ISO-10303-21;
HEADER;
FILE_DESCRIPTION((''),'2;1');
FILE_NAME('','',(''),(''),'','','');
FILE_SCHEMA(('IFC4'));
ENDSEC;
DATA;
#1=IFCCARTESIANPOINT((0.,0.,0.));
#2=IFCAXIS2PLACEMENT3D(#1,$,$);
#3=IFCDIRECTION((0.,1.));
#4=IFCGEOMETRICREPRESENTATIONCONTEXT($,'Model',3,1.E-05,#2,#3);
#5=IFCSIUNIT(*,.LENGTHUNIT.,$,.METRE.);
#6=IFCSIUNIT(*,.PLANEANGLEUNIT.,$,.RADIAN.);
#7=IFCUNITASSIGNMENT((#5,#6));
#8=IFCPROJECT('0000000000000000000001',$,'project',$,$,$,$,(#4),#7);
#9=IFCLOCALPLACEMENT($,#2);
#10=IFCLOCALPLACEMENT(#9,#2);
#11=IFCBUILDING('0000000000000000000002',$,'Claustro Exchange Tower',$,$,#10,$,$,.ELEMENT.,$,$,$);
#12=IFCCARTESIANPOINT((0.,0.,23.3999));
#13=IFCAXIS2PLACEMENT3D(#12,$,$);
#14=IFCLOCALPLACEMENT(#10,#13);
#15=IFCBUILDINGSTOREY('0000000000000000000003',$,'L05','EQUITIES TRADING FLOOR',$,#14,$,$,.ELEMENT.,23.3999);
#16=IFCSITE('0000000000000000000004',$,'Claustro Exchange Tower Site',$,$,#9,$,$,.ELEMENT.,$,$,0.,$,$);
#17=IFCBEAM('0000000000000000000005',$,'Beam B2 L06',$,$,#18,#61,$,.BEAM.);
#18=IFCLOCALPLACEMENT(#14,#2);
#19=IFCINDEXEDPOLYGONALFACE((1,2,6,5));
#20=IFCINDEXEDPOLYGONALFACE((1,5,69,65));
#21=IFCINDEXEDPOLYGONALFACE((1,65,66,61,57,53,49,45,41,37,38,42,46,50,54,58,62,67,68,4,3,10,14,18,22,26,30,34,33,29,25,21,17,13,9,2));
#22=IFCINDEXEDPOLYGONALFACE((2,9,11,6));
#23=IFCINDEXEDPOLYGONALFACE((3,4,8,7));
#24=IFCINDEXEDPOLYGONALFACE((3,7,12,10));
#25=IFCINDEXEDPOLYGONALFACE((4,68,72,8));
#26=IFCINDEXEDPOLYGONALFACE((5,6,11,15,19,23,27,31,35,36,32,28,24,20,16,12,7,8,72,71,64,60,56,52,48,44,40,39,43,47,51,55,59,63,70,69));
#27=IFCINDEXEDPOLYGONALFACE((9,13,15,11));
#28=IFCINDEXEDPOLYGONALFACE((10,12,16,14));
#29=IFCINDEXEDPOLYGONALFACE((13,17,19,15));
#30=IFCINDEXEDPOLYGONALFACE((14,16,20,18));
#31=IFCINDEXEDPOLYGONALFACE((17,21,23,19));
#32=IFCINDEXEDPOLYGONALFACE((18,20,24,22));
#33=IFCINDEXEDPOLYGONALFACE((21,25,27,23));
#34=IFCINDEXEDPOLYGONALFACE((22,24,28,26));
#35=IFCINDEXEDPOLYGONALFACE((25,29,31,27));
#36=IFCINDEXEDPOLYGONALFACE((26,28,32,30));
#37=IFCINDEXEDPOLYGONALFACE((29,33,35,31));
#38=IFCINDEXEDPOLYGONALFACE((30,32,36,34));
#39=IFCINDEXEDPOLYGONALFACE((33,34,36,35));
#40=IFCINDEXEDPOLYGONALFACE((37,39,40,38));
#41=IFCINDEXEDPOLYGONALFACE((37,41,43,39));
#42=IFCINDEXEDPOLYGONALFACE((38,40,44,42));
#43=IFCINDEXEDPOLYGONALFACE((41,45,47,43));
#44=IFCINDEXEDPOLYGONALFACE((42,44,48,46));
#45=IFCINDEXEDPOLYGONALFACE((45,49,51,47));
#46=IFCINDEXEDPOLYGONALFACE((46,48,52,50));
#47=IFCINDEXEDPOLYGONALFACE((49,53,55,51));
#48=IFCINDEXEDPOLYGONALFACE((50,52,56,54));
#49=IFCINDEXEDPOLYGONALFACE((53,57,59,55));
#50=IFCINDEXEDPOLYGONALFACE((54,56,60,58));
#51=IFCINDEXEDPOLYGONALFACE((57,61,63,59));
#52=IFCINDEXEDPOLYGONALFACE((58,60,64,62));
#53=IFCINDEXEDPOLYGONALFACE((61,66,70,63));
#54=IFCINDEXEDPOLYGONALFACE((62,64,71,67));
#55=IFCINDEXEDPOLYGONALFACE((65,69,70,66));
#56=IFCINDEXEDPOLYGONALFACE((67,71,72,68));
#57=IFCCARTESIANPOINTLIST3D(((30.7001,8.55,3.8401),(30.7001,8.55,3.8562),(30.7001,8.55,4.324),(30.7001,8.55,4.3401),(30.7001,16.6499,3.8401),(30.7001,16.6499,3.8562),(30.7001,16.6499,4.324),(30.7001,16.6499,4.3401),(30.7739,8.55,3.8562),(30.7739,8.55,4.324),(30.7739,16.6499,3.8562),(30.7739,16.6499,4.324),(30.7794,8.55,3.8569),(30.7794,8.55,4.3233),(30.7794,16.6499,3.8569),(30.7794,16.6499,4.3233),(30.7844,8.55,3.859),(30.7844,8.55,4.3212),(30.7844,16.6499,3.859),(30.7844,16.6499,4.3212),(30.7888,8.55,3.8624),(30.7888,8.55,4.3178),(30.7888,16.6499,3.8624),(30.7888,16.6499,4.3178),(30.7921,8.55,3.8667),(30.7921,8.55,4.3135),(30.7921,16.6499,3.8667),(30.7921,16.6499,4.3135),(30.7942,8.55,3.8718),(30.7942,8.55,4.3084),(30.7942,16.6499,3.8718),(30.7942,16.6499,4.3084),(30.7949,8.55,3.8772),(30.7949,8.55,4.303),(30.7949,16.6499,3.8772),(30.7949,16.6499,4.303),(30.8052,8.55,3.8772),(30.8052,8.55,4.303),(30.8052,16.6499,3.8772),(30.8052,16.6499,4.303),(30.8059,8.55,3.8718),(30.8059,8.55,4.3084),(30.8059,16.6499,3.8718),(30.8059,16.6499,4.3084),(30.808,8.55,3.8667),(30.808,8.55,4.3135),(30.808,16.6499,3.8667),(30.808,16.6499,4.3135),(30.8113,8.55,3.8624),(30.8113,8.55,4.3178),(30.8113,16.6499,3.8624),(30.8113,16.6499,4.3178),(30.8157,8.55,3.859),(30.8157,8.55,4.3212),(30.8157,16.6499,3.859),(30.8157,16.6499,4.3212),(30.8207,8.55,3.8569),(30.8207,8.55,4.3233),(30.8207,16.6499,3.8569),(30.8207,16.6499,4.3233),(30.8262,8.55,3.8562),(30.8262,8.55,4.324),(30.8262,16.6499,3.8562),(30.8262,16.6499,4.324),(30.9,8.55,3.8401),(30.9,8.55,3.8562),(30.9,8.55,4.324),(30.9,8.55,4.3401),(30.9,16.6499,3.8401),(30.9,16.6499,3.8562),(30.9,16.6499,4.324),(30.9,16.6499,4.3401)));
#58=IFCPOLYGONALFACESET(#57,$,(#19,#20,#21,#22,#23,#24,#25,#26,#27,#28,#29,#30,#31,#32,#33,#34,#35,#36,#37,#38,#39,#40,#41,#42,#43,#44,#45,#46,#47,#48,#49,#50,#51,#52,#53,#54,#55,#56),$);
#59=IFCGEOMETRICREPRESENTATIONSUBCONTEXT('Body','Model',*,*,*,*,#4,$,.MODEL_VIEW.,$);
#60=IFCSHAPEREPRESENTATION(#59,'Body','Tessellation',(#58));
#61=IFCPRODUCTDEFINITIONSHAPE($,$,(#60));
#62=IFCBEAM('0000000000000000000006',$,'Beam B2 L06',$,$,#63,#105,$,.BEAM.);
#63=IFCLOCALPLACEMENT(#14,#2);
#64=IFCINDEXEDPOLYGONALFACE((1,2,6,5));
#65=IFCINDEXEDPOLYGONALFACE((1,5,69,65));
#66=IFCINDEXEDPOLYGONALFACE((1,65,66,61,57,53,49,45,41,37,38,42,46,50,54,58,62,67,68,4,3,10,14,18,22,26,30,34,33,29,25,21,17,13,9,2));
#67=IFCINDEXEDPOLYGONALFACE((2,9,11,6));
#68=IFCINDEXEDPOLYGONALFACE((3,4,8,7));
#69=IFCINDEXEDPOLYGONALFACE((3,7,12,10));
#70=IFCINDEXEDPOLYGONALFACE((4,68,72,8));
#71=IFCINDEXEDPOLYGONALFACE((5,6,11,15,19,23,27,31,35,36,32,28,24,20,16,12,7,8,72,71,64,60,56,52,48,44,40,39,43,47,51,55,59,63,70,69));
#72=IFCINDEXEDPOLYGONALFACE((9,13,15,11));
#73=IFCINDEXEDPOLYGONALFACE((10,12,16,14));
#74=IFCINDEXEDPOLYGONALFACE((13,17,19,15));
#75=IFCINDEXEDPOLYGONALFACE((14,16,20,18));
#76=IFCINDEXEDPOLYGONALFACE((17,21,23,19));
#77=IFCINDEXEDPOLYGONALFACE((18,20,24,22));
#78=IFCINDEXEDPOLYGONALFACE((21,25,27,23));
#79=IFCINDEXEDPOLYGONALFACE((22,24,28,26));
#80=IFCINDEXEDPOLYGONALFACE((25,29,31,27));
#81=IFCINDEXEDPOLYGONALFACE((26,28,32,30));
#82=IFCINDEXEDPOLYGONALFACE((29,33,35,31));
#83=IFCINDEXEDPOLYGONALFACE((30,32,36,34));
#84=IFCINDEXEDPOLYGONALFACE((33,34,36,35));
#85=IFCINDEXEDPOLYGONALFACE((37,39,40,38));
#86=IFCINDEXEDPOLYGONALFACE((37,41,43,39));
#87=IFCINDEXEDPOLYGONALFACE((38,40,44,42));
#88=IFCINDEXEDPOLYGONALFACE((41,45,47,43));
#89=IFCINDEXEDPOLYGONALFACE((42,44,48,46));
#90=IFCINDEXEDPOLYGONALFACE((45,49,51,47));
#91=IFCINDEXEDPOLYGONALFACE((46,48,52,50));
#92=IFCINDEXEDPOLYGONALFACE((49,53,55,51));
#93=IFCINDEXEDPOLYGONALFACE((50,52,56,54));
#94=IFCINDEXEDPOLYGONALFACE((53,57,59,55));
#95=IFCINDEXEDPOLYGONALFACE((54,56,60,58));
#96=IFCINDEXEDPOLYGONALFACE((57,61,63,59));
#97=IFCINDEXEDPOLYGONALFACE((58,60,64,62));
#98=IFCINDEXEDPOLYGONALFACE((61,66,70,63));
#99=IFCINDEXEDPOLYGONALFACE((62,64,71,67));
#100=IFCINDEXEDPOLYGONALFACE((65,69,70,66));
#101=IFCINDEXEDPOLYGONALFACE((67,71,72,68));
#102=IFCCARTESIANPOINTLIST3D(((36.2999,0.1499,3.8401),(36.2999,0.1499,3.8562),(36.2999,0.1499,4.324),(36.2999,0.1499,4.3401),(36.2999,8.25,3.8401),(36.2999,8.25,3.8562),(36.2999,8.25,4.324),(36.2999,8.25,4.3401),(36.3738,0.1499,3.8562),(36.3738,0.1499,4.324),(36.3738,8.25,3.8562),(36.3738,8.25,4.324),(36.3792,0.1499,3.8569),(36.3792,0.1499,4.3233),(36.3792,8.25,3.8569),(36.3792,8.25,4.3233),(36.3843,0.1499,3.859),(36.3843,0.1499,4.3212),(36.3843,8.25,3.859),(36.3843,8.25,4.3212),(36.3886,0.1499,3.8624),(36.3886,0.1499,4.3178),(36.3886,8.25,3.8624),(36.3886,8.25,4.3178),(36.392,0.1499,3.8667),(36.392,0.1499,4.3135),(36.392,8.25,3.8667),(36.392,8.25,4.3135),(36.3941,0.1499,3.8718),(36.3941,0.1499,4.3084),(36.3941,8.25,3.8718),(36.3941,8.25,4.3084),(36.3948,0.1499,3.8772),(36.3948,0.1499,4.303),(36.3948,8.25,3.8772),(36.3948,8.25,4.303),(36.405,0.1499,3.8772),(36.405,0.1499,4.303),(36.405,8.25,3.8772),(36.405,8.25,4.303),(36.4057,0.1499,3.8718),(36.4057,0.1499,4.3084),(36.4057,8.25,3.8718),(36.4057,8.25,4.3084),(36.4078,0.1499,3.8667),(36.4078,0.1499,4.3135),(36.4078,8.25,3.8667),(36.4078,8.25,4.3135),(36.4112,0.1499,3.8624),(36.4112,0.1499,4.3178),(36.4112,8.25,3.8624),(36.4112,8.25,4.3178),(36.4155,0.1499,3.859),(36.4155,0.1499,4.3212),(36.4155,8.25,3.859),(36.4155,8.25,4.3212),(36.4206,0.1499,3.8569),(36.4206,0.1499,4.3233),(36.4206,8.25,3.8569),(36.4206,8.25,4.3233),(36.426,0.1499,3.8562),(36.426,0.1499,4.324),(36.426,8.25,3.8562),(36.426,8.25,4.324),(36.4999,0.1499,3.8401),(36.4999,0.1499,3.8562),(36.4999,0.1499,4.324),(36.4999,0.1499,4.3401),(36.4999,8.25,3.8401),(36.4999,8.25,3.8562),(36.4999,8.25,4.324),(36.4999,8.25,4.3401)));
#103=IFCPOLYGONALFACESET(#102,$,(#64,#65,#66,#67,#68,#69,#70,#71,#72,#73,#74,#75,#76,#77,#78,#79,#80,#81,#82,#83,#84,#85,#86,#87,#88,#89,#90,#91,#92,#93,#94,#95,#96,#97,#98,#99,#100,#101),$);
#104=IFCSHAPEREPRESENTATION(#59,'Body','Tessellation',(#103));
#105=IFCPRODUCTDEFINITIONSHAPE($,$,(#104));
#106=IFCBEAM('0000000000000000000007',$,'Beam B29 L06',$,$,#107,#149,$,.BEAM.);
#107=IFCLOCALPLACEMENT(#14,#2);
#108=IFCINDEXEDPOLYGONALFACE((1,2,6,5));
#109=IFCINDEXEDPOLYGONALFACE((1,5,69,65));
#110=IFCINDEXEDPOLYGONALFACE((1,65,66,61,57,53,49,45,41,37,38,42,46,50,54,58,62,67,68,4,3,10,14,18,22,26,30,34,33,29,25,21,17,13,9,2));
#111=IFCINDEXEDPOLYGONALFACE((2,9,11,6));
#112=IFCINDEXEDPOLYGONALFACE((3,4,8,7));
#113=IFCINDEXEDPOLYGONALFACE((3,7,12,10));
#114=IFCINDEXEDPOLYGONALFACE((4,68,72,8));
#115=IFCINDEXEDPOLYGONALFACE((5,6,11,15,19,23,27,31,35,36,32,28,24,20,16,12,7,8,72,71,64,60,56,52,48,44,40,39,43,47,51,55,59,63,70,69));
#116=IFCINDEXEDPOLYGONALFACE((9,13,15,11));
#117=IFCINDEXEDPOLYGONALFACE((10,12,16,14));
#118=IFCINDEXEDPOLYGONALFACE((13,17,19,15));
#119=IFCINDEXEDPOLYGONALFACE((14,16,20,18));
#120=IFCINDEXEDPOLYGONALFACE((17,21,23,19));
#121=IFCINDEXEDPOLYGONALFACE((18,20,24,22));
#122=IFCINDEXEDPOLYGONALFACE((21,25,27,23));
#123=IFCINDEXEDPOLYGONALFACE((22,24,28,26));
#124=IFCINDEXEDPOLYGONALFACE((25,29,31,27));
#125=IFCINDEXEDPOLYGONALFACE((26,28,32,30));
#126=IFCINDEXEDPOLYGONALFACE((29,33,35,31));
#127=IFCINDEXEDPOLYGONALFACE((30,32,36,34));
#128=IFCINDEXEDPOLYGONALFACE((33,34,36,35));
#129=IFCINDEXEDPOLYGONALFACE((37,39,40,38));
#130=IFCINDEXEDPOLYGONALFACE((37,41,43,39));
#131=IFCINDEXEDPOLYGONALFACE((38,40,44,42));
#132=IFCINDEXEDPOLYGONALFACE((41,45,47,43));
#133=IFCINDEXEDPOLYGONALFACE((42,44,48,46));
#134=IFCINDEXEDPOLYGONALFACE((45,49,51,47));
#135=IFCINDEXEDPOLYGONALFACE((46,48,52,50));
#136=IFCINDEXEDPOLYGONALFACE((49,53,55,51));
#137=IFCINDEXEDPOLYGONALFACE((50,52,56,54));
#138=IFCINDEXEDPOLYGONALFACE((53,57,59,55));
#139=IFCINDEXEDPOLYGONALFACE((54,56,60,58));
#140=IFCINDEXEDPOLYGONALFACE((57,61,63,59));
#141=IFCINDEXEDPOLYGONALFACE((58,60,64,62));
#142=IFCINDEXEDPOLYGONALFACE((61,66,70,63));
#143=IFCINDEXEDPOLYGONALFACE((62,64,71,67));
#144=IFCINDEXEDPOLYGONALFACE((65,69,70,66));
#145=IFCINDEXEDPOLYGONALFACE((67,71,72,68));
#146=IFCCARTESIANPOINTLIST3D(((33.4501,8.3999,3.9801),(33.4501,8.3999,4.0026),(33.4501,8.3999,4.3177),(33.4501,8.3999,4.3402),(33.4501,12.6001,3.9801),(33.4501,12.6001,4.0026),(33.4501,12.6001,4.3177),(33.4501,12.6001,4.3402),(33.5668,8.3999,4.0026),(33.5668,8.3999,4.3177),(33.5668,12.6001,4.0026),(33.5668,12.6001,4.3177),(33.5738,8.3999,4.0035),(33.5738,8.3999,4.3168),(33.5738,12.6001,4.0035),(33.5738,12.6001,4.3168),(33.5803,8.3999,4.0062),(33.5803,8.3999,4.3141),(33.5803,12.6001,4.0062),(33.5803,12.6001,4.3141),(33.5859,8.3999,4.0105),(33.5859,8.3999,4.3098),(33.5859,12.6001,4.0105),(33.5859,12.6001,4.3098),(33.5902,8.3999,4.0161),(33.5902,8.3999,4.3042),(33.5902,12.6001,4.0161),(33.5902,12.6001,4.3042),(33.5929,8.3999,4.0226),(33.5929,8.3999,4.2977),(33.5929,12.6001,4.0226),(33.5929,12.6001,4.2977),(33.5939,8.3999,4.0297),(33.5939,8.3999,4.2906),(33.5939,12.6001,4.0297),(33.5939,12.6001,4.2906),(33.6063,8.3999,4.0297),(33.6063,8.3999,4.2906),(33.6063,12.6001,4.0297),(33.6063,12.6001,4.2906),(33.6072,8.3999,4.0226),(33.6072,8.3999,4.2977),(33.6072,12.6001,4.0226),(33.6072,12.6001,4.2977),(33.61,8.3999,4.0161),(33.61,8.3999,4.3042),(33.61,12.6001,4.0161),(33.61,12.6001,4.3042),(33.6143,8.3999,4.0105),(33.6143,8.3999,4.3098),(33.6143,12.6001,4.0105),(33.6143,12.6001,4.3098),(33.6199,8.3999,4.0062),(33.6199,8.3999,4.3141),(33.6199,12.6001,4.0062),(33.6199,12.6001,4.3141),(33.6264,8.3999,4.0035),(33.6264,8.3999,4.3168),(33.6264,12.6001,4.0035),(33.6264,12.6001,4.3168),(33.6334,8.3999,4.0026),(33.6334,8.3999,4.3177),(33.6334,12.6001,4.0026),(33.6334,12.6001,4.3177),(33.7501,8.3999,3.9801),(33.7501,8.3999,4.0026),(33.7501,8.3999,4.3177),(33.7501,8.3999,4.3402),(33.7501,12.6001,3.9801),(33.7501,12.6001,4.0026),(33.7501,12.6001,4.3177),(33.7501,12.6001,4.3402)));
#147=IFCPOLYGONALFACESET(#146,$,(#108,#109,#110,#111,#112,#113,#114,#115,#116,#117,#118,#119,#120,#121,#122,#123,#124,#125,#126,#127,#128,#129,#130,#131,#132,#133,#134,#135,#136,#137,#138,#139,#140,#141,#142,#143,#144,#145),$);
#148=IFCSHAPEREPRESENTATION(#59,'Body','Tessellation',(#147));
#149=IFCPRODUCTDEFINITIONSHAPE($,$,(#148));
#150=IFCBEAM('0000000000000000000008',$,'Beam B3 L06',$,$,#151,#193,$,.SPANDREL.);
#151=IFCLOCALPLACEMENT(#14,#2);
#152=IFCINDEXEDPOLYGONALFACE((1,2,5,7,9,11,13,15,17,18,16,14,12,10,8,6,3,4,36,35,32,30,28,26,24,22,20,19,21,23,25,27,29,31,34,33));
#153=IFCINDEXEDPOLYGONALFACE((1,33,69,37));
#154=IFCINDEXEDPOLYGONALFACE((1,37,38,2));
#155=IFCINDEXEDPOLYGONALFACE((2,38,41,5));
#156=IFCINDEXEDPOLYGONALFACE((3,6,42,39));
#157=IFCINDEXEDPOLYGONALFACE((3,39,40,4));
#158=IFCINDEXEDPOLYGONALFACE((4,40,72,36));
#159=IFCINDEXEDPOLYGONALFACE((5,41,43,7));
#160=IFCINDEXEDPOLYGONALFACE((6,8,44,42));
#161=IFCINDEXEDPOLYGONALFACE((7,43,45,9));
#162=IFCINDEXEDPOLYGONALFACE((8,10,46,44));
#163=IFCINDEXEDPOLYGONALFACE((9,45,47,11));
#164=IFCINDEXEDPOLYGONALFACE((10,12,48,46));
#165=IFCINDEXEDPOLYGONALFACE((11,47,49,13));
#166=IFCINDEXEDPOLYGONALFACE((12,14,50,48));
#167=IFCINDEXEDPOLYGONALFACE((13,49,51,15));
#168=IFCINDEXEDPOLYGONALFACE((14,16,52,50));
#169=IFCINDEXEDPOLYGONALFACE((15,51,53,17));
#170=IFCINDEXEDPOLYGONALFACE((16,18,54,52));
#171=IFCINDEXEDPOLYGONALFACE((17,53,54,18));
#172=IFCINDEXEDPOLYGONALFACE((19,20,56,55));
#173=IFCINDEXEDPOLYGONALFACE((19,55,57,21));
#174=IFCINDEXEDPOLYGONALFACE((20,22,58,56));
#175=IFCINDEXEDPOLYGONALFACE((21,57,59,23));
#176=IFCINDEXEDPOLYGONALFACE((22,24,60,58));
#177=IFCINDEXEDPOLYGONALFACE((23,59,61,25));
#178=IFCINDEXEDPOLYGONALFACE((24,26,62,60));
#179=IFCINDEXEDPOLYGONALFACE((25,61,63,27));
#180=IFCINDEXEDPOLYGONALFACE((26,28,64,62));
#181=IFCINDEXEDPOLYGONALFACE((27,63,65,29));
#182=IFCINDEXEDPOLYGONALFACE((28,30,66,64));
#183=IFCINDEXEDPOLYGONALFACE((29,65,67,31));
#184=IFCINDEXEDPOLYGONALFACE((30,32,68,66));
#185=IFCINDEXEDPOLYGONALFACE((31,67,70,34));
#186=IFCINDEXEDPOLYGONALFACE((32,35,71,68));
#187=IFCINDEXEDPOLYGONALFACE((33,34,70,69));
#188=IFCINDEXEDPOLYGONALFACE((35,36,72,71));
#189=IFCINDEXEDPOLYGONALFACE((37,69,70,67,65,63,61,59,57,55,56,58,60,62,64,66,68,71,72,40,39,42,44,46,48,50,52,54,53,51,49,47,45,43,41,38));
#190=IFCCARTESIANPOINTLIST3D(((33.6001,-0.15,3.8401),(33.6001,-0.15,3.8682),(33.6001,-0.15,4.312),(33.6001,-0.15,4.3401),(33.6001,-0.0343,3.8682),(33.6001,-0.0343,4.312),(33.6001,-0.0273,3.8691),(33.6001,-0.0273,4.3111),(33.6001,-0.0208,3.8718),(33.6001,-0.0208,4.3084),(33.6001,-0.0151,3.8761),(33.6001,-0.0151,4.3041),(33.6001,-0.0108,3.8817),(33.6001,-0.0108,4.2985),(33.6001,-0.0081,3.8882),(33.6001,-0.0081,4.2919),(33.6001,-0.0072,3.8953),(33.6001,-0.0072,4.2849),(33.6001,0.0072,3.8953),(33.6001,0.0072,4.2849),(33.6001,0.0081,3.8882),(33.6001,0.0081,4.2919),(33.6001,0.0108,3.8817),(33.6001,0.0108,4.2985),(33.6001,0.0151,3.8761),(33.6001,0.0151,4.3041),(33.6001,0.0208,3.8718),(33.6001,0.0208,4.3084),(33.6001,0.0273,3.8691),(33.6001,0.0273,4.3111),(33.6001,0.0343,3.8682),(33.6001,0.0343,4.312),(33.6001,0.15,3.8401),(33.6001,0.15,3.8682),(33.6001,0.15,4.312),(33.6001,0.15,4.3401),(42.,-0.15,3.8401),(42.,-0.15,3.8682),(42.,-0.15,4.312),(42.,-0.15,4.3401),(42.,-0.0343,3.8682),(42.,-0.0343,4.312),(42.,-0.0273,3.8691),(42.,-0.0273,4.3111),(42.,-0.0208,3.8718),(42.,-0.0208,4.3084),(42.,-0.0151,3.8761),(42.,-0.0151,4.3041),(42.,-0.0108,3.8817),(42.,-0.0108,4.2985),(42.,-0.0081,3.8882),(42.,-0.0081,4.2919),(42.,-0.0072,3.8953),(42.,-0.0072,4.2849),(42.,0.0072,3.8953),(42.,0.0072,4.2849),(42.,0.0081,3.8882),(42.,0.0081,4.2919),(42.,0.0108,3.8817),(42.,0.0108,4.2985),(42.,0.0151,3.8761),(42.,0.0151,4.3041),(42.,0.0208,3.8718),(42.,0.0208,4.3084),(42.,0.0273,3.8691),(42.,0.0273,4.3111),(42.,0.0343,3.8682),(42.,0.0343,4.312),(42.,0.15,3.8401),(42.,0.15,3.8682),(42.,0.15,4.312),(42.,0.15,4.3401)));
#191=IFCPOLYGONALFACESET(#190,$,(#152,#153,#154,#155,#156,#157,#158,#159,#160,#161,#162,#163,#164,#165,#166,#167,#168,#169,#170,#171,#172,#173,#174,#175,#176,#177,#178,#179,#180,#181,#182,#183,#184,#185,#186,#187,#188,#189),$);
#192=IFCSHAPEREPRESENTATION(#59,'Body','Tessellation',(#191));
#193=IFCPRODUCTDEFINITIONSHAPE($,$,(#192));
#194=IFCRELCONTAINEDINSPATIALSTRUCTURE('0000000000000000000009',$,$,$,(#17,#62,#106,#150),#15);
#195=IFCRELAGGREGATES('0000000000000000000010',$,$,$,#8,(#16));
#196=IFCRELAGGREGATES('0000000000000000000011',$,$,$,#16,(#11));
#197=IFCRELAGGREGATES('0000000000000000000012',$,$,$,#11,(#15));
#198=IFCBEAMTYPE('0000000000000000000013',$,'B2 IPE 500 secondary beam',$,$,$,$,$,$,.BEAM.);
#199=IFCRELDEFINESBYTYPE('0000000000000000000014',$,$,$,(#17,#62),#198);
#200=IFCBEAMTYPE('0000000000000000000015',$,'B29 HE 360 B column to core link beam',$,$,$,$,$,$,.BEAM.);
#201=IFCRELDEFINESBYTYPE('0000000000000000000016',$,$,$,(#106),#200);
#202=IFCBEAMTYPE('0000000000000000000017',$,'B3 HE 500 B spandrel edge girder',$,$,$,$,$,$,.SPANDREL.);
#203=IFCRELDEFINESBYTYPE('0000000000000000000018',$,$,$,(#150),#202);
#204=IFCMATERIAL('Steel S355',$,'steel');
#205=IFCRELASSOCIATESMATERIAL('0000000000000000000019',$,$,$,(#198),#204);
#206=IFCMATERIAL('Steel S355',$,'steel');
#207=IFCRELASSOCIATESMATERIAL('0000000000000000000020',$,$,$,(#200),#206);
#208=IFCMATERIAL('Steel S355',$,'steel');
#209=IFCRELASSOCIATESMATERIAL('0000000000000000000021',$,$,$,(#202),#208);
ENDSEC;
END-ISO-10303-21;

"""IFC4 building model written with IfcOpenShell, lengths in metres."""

from ifc_helpers import new_model, si_unit, direction, frame, origin, origin_2d, place, context, subcontext, project, spatial, i_section, extrude, material, material_profile, profile_set, type_object, element, save


model = new_model("IFC4")

# Units and contexts
model_context = context("Model", 3, precision=1e-05, world=origin(), true_north=direction((0.0, 1.0)))
body_context = subcontext(model_context, "Body", "Model", "MODEL_VIEW")
ifc_project = project(units=[si_unit("LENGTHUNIT", "METRE"), si_unit("PLANEANGLEUNIT", "RADIAN")], contexts=[model_context])

# Site, building, storey
site_placement = place(None, origin())
site = spatial("IfcSite", under=ifc_project, at=site_placement, Name="Claustro Exchange Tower Site", CompositionType="ELEMENT", RefElevation=0.0)
building_placement = place(site_placement, origin())
building = spatial("IfcBuilding", under=site, at=building_placement, Name="Claustro Exchange Tower", CompositionType="ELEMENT")
storey_placement = place(building_placement, frame((0.0, 0.0, 23.3999)))
storey = spatial("IfcBuildingStorey", under=building, at=storey_placement, Name="L05", Description="EQUITIES TRADING FLOOR", CompositionType="ELEMENT", Elevation=23.3999)

# Beams
ifc_material_1 = material(Name="Steel S355", Category="steel")
ifc_material_profile_1 = material_profile(ifc_material_1, i_section(OverallWidth=0.2, OverallDepth=0.5, WebThickness=0.0103, FlangeThickness=0.0161, FilletRadius=0.021, at=origin_2d()), Name="IPE 500")
ifc_profile_set_1 = profile_set([ifc_material_profile_1], Name="Steel S355")
beam_type_1 = type_object("IfcBeamType", Name="B2 IPE 500 secondary beam", PredefinedType="BEAM", material=ifc_profile_set_1)
beam_1_placement = place(storey_placement, frame((30.8, 8.55, 4.0901), z_axis=(0.0, 1.0, 0.0), x_axis=(-1.0, 0.0, 0.0)))
element("IfcBeam", 1, at=beam_1_placement, inside=storey, type_object=beam_type_1, Name="Beam B2 L06", PredefinedType="BEAM", context=body_context, shape_type="SweptSolid", body=[
    extrude(i_section(OverallWidth=0.2, OverallDepth=0.5, WebThickness=0.0103, FlangeThickness=0.0161, FilletRadius=0.021, at=origin_2d()), origin(), (0.0, 0.0, 1.0), 8.0999),
])
beam_2_placement = place(storey_placement, frame((36.3999, 0.1499, 4.0901), z_axis=(0.0, 1.0, 0.0), x_axis=(-1.0, 0.0, 0.0)))
element("IfcBeam", 2, at=beam_2_placement, inside=storey, type_object=beam_type_1, Name="Beam B2 L06", PredefinedType="BEAM", context=body_context, shape_type="SweptSolid", body=[
    extrude(i_section(OverallWidth=0.2, OverallDepth=0.5, WebThickness=0.0103, FlangeThickness=0.0161, FilletRadius=0.021, at=origin_2d()), origin(), (0.0, 0.0, 1.0), 8.1001),
])
ifc_material_2 = material(Name="Steel S355", Category="steel")
ifc_material_profile_2 = material_profile(ifc_material_2, i_section(OverallWidth=0.3, OverallDepth=0.3601, WebThickness=0.0125, FlangeThickness=0.0225, FilletRadius=0.0271, at=origin_2d()), Name="HE 360 B")
ifc_profile_set_2 = profile_set([ifc_material_profile_2], Name="Steel S355")
beam_type_2 = type_object("IfcBeamType", Name="B29 HE 360 B column to core link beam", PredefinedType="BEAM", material=ifc_profile_set_2)
beam_3_placement = place(storey_placement, frame((33.6001, 8.3999, 4.1602), z_axis=(0.0, 1.0, 0.0), x_axis=(-1.0, 0.0, 0.0)))
element("IfcBeam", 3, at=beam_3_placement, inside=storey, type_object=beam_type_2, Name="Beam B29 L06", PredefinedType="BEAM", context=body_context, shape_type="SweptSolid", body=[
    extrude(i_section(OverallWidth=0.3, OverallDepth=0.3601, WebThickness=0.0125, FlangeThickness=0.0225, FilletRadius=0.0271, at=origin_2d()), origin(), (0.0, 0.0, 1.0), 4.2002),
])
ifc_material_3 = material(Name="Steel S355", Category="steel")
ifc_material_profile_3 = material_profile(ifc_material_3, i_section(OverallWidth=0.3, OverallDepth=0.5, WebThickness=0.0144, FlangeThickness=0.0281, FilletRadius=0.0271, at=origin_2d()), Name="HE 500 B")
ifc_profile_set_3 = profile_set([ifc_material_profile_3], Name="Steel S355")
beam_type_3 = type_object("IfcBeamType", Name="B3 HE 500 B spandrel edge girder", PredefinedType="SPANDREL", material=ifc_profile_set_3)
beam_4_placement = place(storey_placement, frame((33.6001, 0.0, 4.0901), z_axis=(1.0, 0.0, 0.0), x_axis=(0.0, 1.0, 0.0)))
element("IfcBeam", 4, at=beam_4_placement, inside=storey, type_object=beam_type_3, Name="Beam B3 L06", PredefinedType="SPANDREL", context=body_context, shape_type="SweptSolid", body=[
    extrude(i_section(OverallWidth=0.3, OverallDepth=0.5, WebThickness=0.0144, FlangeThickness=0.0281, FilletRadius=0.0271, at=origin_2d()), origin(), (0.0, 0.0, 1.0), 8.3999),
])

save(model, "model.ifc")
